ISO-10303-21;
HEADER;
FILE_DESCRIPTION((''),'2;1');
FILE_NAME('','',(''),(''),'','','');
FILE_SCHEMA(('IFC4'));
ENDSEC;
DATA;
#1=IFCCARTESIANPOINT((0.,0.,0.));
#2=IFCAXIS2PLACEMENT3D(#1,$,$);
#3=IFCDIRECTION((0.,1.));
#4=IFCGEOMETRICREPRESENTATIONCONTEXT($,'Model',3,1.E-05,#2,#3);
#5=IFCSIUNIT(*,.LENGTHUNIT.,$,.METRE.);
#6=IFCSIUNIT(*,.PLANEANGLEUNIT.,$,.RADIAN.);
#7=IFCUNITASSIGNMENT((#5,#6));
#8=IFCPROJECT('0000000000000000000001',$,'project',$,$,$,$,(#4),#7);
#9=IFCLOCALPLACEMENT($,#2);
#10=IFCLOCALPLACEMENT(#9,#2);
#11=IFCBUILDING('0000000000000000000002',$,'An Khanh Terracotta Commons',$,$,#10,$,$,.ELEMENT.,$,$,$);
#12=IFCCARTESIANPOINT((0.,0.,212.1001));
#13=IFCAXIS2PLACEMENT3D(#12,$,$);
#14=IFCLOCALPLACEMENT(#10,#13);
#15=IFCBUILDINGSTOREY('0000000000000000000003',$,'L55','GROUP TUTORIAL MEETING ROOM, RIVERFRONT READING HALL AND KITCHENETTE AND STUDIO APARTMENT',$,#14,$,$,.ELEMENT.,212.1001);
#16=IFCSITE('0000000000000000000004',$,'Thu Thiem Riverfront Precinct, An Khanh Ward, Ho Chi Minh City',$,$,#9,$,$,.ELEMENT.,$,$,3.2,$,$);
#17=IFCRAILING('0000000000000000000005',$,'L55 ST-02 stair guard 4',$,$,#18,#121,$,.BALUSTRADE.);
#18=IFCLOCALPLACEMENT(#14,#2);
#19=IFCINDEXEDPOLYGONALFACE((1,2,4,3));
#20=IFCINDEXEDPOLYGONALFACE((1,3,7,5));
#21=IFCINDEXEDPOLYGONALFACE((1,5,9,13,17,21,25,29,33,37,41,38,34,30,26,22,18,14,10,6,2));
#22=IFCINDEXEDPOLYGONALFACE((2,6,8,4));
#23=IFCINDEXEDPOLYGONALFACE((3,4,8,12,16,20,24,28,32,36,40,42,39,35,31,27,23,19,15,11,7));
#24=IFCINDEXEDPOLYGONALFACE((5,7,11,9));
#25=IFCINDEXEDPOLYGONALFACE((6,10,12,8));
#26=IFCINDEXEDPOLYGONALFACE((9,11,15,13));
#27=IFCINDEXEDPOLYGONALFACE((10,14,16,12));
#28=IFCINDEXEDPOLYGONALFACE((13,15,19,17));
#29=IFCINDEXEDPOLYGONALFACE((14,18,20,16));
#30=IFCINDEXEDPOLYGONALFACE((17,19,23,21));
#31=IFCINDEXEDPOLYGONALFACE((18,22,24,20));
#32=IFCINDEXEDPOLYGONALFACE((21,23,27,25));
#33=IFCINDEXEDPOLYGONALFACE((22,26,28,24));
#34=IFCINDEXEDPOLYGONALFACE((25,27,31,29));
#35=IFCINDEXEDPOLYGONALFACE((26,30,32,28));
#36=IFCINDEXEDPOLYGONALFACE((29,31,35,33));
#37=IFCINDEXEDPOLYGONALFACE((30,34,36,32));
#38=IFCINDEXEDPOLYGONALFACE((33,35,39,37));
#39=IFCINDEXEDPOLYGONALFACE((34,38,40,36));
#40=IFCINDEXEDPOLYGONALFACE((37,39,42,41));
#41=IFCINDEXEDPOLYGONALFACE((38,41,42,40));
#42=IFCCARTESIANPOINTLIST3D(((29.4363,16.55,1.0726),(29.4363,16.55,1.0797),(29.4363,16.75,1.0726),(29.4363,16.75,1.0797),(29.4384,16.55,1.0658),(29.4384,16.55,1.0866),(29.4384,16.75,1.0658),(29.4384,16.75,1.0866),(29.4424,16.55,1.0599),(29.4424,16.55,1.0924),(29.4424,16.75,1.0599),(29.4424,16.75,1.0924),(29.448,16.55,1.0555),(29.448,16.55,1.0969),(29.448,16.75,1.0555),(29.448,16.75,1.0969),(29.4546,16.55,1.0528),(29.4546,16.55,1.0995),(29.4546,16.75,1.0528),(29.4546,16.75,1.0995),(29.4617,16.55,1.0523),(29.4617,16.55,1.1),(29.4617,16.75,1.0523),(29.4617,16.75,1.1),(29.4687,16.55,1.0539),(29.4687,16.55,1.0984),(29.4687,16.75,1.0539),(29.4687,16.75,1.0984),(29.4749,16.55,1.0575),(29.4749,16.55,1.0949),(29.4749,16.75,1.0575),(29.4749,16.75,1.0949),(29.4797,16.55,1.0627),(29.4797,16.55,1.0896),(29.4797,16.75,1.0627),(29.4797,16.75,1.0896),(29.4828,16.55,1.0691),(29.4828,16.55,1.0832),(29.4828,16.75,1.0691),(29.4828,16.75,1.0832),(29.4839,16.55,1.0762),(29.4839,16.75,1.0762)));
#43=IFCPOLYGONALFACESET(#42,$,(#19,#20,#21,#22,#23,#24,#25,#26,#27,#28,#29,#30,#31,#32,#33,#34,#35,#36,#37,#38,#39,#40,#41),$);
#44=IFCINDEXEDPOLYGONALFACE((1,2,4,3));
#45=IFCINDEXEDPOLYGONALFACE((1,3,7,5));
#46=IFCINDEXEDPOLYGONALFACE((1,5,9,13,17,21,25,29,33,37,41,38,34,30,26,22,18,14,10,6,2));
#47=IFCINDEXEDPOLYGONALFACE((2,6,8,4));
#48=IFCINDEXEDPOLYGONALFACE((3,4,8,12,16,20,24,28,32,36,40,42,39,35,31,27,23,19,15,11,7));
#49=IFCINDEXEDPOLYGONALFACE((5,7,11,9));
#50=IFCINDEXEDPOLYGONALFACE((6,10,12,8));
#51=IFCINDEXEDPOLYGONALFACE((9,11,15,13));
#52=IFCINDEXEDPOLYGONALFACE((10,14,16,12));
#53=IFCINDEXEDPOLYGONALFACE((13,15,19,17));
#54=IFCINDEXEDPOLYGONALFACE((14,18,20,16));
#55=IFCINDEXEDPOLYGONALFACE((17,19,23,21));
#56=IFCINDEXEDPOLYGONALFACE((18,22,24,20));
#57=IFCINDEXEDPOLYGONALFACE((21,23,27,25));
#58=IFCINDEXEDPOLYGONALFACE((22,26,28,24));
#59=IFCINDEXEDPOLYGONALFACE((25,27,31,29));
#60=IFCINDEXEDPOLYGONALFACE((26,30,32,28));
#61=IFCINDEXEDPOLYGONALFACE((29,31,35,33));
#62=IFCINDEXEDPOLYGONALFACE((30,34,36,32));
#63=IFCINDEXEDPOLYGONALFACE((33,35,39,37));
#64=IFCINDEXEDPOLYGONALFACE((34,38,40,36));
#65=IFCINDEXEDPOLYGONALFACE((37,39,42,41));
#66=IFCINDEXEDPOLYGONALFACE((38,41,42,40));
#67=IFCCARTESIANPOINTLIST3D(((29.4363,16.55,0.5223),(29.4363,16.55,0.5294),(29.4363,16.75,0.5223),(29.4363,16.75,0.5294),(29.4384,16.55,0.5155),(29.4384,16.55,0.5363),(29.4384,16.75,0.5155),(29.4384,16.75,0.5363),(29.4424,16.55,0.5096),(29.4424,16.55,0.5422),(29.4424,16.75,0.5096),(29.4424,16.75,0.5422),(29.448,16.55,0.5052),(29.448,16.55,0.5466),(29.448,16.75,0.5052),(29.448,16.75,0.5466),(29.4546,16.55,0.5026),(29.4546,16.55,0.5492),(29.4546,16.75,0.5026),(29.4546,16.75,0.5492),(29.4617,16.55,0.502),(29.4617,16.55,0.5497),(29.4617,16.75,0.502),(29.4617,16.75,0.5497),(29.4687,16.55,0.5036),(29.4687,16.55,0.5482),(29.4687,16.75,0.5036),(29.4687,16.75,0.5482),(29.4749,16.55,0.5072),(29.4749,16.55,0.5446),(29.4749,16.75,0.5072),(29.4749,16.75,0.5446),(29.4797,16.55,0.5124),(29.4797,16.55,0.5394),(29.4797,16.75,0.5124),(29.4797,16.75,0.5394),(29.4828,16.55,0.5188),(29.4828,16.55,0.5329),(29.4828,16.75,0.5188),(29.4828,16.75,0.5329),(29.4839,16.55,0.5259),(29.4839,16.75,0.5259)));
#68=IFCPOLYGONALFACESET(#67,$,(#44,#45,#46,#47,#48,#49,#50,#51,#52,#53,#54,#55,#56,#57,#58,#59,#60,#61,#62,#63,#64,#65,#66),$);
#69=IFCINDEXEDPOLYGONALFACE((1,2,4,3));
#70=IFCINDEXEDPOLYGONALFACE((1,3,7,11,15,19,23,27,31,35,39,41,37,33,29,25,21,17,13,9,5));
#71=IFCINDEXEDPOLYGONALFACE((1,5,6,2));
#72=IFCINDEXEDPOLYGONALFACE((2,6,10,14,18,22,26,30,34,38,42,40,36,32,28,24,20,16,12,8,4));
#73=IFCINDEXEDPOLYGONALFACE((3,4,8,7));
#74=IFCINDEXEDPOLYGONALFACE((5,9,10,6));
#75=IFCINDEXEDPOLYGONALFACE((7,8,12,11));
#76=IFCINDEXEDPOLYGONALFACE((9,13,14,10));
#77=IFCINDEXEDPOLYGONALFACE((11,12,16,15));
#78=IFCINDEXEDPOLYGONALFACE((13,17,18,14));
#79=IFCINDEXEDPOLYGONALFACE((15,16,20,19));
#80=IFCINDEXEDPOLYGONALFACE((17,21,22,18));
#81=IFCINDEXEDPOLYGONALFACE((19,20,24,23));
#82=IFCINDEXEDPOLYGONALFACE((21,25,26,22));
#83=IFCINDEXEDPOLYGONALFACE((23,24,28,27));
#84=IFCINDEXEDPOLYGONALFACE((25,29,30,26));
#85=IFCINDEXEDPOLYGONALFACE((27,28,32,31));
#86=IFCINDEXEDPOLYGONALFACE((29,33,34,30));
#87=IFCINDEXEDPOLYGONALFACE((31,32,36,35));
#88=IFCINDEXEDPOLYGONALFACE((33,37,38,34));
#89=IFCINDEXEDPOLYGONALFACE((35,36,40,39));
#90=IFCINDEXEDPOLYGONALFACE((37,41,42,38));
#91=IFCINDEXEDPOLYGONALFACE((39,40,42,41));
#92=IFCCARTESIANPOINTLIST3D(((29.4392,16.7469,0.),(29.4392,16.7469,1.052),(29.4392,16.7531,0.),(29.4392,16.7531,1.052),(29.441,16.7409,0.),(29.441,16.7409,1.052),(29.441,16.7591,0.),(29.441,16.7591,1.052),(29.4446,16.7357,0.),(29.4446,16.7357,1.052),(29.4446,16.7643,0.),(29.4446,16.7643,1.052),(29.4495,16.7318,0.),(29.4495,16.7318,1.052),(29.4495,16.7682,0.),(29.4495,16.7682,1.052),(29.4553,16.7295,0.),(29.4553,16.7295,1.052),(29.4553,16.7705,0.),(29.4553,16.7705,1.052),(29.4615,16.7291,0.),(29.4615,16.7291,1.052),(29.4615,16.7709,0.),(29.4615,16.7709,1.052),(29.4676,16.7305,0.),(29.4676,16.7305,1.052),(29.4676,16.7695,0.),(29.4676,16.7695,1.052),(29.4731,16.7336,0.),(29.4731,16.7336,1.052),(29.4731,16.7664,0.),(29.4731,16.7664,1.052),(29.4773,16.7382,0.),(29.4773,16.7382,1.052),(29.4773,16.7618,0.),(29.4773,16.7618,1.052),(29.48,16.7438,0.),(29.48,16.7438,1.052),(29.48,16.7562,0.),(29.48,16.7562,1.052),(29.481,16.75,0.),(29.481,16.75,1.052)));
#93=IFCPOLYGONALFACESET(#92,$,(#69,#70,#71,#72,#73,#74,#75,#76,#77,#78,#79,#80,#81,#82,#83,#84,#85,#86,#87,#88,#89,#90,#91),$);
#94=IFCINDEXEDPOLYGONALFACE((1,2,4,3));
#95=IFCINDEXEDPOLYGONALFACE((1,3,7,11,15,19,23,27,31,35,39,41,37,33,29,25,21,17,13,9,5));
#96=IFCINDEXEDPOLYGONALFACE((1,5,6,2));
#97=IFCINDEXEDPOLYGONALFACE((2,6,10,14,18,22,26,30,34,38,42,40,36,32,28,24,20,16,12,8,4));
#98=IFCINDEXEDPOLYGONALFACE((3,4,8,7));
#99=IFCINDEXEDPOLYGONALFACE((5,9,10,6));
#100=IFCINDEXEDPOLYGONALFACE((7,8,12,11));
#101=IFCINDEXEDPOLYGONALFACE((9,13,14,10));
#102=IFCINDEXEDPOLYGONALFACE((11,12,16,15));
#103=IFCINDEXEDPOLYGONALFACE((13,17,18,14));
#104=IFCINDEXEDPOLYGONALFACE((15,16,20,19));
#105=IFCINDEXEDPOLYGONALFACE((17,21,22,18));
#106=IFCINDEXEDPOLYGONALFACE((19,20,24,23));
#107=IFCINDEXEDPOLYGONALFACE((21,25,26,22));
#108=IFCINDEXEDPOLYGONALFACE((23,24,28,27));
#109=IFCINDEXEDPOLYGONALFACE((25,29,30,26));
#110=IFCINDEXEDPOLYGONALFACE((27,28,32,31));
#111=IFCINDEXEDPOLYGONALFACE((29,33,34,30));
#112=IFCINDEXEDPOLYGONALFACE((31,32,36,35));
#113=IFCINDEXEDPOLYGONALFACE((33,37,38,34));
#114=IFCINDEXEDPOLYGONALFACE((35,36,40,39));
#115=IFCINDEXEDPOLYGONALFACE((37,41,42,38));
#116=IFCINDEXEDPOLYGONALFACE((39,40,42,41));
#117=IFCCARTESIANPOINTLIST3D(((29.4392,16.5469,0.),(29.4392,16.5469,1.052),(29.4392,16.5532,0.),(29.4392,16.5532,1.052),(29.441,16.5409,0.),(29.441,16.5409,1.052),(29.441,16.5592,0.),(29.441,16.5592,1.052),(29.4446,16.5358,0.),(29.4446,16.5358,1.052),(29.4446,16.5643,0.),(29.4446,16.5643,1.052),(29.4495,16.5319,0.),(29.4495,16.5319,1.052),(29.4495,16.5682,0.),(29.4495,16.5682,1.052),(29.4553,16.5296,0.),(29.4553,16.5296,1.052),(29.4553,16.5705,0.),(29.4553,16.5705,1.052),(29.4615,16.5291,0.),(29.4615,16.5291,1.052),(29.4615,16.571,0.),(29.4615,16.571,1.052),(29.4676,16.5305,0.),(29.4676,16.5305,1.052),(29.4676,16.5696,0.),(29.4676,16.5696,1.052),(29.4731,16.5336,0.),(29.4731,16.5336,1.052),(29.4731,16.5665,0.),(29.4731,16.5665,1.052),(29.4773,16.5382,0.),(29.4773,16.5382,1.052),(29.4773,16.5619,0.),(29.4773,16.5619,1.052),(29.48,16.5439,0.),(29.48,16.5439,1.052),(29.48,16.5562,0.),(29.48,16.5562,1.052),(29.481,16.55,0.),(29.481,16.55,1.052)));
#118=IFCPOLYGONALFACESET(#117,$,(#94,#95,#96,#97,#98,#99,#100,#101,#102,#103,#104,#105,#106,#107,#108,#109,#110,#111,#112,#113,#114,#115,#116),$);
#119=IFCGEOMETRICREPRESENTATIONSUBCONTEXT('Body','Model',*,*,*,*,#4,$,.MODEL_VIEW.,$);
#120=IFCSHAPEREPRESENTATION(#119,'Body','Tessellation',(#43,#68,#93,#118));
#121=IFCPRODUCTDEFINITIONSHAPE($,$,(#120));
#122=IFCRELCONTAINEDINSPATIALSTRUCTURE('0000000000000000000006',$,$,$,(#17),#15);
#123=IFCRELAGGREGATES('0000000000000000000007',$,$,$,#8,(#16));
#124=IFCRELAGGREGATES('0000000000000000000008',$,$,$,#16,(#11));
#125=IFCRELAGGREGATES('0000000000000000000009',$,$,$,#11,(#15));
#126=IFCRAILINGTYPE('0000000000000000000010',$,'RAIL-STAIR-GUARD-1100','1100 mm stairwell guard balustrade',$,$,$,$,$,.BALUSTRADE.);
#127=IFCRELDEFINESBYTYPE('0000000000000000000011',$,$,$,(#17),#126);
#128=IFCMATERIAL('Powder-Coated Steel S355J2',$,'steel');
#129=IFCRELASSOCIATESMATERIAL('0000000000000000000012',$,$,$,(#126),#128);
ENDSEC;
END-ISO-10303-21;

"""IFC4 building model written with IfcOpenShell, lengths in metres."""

from ifc_helpers import new_model, si_unit, direction, frame, origin, origin_2d, place, context, subcontext, project, spatial, circle, extrude, material, type_object, element, save


model = new_model("IFC4")

# Units and contexts
model_context = context("Model", 3, precision=1e-05, world=origin(), true_north=direction((0.0, 1.0)))
body_context = subcontext(model_context, "Body", "Model", "MODEL_VIEW")
ifc_project = project(units=[si_unit("LENGTHUNIT", "METRE"), si_unit("PLANEANGLEUNIT", "RADIAN")], contexts=[model_context])

# Site, building, storey
site_placement = place(None, origin())
site = spatial("IfcSite", under=ifc_project, at=site_placement, Name="Thu Thiem Riverfront Precinct, An Khanh Ward, Ho Chi Minh City", CompositionType="ELEMENT", RefElevation=3.2)
building_placement = place(site_placement, origin())
building = spatial("IfcBuilding", under=site, at=building_placement, Name="An Khanh Terracotta Commons", CompositionType="ELEMENT")
storey_placement = place(building_placement, frame((0.0, 0.0, 212.1001)))
storey = spatial("IfcBuildingStorey", under=building, at=storey_placement, Name="L55", Description="GROUP TUTORIAL MEETING ROOM, RIVERFRONT READING HALL AND KITCHENETTE AND STUDIO APARTMENT", CompositionType="ELEMENT", Elevation=212.1001)

# Railing
ifc_material_1 = material(Name="Powder-Coated Steel S355J2", Category="steel")
railing_type = type_object("IfcRailingType", Name="RAIL-STAIR-GUARD-1100", Description="1100 mm stairwell guard balustrade", PredefinedType="BALUSTRADE", material=ifc_material_1)
railing_1_placement = place(storey_placement, frame((29.46, 16.75, 0.0)))
element("IfcRailing", 1, at=railing_1_placement, inside=storey, type_object=railing_type, Name="L55 ST-02 stair guard 4", PredefinedType="BALUSTRADE", context=body_context, shape_type="SweptSolid", body=[
    extrude(circle(Radius=0.0239, at=origin_2d()), frame((0.0, 0.0, 1.0762), z_axis=(0.0, -1.0, 0.0), x_axis=(1.0, 0.0, 0.0)), (0.0, 0.0, 1.0), 0.2),
    extrude(circle(Radius=0.0239, at=origin_2d()), frame((0.0, 0.0, 0.5259), z_axis=(0.0, -1.0, 0.0), x_axis=(1.0, 0.0, 0.0)), (0.0, 0.0, 1.0), 0.2),
    extrude(circle(Radius=0.021, at=origin_2d()), origin(), (0.0, 0.0, 1.0), 1.052),
    extrude(circle(Radius=0.021, at=origin_2d()), frame((0.0, -0.2, 0.0)), (0.0, 0.0, 1.0), 1.052),
])

save(model, "model.ifc")
